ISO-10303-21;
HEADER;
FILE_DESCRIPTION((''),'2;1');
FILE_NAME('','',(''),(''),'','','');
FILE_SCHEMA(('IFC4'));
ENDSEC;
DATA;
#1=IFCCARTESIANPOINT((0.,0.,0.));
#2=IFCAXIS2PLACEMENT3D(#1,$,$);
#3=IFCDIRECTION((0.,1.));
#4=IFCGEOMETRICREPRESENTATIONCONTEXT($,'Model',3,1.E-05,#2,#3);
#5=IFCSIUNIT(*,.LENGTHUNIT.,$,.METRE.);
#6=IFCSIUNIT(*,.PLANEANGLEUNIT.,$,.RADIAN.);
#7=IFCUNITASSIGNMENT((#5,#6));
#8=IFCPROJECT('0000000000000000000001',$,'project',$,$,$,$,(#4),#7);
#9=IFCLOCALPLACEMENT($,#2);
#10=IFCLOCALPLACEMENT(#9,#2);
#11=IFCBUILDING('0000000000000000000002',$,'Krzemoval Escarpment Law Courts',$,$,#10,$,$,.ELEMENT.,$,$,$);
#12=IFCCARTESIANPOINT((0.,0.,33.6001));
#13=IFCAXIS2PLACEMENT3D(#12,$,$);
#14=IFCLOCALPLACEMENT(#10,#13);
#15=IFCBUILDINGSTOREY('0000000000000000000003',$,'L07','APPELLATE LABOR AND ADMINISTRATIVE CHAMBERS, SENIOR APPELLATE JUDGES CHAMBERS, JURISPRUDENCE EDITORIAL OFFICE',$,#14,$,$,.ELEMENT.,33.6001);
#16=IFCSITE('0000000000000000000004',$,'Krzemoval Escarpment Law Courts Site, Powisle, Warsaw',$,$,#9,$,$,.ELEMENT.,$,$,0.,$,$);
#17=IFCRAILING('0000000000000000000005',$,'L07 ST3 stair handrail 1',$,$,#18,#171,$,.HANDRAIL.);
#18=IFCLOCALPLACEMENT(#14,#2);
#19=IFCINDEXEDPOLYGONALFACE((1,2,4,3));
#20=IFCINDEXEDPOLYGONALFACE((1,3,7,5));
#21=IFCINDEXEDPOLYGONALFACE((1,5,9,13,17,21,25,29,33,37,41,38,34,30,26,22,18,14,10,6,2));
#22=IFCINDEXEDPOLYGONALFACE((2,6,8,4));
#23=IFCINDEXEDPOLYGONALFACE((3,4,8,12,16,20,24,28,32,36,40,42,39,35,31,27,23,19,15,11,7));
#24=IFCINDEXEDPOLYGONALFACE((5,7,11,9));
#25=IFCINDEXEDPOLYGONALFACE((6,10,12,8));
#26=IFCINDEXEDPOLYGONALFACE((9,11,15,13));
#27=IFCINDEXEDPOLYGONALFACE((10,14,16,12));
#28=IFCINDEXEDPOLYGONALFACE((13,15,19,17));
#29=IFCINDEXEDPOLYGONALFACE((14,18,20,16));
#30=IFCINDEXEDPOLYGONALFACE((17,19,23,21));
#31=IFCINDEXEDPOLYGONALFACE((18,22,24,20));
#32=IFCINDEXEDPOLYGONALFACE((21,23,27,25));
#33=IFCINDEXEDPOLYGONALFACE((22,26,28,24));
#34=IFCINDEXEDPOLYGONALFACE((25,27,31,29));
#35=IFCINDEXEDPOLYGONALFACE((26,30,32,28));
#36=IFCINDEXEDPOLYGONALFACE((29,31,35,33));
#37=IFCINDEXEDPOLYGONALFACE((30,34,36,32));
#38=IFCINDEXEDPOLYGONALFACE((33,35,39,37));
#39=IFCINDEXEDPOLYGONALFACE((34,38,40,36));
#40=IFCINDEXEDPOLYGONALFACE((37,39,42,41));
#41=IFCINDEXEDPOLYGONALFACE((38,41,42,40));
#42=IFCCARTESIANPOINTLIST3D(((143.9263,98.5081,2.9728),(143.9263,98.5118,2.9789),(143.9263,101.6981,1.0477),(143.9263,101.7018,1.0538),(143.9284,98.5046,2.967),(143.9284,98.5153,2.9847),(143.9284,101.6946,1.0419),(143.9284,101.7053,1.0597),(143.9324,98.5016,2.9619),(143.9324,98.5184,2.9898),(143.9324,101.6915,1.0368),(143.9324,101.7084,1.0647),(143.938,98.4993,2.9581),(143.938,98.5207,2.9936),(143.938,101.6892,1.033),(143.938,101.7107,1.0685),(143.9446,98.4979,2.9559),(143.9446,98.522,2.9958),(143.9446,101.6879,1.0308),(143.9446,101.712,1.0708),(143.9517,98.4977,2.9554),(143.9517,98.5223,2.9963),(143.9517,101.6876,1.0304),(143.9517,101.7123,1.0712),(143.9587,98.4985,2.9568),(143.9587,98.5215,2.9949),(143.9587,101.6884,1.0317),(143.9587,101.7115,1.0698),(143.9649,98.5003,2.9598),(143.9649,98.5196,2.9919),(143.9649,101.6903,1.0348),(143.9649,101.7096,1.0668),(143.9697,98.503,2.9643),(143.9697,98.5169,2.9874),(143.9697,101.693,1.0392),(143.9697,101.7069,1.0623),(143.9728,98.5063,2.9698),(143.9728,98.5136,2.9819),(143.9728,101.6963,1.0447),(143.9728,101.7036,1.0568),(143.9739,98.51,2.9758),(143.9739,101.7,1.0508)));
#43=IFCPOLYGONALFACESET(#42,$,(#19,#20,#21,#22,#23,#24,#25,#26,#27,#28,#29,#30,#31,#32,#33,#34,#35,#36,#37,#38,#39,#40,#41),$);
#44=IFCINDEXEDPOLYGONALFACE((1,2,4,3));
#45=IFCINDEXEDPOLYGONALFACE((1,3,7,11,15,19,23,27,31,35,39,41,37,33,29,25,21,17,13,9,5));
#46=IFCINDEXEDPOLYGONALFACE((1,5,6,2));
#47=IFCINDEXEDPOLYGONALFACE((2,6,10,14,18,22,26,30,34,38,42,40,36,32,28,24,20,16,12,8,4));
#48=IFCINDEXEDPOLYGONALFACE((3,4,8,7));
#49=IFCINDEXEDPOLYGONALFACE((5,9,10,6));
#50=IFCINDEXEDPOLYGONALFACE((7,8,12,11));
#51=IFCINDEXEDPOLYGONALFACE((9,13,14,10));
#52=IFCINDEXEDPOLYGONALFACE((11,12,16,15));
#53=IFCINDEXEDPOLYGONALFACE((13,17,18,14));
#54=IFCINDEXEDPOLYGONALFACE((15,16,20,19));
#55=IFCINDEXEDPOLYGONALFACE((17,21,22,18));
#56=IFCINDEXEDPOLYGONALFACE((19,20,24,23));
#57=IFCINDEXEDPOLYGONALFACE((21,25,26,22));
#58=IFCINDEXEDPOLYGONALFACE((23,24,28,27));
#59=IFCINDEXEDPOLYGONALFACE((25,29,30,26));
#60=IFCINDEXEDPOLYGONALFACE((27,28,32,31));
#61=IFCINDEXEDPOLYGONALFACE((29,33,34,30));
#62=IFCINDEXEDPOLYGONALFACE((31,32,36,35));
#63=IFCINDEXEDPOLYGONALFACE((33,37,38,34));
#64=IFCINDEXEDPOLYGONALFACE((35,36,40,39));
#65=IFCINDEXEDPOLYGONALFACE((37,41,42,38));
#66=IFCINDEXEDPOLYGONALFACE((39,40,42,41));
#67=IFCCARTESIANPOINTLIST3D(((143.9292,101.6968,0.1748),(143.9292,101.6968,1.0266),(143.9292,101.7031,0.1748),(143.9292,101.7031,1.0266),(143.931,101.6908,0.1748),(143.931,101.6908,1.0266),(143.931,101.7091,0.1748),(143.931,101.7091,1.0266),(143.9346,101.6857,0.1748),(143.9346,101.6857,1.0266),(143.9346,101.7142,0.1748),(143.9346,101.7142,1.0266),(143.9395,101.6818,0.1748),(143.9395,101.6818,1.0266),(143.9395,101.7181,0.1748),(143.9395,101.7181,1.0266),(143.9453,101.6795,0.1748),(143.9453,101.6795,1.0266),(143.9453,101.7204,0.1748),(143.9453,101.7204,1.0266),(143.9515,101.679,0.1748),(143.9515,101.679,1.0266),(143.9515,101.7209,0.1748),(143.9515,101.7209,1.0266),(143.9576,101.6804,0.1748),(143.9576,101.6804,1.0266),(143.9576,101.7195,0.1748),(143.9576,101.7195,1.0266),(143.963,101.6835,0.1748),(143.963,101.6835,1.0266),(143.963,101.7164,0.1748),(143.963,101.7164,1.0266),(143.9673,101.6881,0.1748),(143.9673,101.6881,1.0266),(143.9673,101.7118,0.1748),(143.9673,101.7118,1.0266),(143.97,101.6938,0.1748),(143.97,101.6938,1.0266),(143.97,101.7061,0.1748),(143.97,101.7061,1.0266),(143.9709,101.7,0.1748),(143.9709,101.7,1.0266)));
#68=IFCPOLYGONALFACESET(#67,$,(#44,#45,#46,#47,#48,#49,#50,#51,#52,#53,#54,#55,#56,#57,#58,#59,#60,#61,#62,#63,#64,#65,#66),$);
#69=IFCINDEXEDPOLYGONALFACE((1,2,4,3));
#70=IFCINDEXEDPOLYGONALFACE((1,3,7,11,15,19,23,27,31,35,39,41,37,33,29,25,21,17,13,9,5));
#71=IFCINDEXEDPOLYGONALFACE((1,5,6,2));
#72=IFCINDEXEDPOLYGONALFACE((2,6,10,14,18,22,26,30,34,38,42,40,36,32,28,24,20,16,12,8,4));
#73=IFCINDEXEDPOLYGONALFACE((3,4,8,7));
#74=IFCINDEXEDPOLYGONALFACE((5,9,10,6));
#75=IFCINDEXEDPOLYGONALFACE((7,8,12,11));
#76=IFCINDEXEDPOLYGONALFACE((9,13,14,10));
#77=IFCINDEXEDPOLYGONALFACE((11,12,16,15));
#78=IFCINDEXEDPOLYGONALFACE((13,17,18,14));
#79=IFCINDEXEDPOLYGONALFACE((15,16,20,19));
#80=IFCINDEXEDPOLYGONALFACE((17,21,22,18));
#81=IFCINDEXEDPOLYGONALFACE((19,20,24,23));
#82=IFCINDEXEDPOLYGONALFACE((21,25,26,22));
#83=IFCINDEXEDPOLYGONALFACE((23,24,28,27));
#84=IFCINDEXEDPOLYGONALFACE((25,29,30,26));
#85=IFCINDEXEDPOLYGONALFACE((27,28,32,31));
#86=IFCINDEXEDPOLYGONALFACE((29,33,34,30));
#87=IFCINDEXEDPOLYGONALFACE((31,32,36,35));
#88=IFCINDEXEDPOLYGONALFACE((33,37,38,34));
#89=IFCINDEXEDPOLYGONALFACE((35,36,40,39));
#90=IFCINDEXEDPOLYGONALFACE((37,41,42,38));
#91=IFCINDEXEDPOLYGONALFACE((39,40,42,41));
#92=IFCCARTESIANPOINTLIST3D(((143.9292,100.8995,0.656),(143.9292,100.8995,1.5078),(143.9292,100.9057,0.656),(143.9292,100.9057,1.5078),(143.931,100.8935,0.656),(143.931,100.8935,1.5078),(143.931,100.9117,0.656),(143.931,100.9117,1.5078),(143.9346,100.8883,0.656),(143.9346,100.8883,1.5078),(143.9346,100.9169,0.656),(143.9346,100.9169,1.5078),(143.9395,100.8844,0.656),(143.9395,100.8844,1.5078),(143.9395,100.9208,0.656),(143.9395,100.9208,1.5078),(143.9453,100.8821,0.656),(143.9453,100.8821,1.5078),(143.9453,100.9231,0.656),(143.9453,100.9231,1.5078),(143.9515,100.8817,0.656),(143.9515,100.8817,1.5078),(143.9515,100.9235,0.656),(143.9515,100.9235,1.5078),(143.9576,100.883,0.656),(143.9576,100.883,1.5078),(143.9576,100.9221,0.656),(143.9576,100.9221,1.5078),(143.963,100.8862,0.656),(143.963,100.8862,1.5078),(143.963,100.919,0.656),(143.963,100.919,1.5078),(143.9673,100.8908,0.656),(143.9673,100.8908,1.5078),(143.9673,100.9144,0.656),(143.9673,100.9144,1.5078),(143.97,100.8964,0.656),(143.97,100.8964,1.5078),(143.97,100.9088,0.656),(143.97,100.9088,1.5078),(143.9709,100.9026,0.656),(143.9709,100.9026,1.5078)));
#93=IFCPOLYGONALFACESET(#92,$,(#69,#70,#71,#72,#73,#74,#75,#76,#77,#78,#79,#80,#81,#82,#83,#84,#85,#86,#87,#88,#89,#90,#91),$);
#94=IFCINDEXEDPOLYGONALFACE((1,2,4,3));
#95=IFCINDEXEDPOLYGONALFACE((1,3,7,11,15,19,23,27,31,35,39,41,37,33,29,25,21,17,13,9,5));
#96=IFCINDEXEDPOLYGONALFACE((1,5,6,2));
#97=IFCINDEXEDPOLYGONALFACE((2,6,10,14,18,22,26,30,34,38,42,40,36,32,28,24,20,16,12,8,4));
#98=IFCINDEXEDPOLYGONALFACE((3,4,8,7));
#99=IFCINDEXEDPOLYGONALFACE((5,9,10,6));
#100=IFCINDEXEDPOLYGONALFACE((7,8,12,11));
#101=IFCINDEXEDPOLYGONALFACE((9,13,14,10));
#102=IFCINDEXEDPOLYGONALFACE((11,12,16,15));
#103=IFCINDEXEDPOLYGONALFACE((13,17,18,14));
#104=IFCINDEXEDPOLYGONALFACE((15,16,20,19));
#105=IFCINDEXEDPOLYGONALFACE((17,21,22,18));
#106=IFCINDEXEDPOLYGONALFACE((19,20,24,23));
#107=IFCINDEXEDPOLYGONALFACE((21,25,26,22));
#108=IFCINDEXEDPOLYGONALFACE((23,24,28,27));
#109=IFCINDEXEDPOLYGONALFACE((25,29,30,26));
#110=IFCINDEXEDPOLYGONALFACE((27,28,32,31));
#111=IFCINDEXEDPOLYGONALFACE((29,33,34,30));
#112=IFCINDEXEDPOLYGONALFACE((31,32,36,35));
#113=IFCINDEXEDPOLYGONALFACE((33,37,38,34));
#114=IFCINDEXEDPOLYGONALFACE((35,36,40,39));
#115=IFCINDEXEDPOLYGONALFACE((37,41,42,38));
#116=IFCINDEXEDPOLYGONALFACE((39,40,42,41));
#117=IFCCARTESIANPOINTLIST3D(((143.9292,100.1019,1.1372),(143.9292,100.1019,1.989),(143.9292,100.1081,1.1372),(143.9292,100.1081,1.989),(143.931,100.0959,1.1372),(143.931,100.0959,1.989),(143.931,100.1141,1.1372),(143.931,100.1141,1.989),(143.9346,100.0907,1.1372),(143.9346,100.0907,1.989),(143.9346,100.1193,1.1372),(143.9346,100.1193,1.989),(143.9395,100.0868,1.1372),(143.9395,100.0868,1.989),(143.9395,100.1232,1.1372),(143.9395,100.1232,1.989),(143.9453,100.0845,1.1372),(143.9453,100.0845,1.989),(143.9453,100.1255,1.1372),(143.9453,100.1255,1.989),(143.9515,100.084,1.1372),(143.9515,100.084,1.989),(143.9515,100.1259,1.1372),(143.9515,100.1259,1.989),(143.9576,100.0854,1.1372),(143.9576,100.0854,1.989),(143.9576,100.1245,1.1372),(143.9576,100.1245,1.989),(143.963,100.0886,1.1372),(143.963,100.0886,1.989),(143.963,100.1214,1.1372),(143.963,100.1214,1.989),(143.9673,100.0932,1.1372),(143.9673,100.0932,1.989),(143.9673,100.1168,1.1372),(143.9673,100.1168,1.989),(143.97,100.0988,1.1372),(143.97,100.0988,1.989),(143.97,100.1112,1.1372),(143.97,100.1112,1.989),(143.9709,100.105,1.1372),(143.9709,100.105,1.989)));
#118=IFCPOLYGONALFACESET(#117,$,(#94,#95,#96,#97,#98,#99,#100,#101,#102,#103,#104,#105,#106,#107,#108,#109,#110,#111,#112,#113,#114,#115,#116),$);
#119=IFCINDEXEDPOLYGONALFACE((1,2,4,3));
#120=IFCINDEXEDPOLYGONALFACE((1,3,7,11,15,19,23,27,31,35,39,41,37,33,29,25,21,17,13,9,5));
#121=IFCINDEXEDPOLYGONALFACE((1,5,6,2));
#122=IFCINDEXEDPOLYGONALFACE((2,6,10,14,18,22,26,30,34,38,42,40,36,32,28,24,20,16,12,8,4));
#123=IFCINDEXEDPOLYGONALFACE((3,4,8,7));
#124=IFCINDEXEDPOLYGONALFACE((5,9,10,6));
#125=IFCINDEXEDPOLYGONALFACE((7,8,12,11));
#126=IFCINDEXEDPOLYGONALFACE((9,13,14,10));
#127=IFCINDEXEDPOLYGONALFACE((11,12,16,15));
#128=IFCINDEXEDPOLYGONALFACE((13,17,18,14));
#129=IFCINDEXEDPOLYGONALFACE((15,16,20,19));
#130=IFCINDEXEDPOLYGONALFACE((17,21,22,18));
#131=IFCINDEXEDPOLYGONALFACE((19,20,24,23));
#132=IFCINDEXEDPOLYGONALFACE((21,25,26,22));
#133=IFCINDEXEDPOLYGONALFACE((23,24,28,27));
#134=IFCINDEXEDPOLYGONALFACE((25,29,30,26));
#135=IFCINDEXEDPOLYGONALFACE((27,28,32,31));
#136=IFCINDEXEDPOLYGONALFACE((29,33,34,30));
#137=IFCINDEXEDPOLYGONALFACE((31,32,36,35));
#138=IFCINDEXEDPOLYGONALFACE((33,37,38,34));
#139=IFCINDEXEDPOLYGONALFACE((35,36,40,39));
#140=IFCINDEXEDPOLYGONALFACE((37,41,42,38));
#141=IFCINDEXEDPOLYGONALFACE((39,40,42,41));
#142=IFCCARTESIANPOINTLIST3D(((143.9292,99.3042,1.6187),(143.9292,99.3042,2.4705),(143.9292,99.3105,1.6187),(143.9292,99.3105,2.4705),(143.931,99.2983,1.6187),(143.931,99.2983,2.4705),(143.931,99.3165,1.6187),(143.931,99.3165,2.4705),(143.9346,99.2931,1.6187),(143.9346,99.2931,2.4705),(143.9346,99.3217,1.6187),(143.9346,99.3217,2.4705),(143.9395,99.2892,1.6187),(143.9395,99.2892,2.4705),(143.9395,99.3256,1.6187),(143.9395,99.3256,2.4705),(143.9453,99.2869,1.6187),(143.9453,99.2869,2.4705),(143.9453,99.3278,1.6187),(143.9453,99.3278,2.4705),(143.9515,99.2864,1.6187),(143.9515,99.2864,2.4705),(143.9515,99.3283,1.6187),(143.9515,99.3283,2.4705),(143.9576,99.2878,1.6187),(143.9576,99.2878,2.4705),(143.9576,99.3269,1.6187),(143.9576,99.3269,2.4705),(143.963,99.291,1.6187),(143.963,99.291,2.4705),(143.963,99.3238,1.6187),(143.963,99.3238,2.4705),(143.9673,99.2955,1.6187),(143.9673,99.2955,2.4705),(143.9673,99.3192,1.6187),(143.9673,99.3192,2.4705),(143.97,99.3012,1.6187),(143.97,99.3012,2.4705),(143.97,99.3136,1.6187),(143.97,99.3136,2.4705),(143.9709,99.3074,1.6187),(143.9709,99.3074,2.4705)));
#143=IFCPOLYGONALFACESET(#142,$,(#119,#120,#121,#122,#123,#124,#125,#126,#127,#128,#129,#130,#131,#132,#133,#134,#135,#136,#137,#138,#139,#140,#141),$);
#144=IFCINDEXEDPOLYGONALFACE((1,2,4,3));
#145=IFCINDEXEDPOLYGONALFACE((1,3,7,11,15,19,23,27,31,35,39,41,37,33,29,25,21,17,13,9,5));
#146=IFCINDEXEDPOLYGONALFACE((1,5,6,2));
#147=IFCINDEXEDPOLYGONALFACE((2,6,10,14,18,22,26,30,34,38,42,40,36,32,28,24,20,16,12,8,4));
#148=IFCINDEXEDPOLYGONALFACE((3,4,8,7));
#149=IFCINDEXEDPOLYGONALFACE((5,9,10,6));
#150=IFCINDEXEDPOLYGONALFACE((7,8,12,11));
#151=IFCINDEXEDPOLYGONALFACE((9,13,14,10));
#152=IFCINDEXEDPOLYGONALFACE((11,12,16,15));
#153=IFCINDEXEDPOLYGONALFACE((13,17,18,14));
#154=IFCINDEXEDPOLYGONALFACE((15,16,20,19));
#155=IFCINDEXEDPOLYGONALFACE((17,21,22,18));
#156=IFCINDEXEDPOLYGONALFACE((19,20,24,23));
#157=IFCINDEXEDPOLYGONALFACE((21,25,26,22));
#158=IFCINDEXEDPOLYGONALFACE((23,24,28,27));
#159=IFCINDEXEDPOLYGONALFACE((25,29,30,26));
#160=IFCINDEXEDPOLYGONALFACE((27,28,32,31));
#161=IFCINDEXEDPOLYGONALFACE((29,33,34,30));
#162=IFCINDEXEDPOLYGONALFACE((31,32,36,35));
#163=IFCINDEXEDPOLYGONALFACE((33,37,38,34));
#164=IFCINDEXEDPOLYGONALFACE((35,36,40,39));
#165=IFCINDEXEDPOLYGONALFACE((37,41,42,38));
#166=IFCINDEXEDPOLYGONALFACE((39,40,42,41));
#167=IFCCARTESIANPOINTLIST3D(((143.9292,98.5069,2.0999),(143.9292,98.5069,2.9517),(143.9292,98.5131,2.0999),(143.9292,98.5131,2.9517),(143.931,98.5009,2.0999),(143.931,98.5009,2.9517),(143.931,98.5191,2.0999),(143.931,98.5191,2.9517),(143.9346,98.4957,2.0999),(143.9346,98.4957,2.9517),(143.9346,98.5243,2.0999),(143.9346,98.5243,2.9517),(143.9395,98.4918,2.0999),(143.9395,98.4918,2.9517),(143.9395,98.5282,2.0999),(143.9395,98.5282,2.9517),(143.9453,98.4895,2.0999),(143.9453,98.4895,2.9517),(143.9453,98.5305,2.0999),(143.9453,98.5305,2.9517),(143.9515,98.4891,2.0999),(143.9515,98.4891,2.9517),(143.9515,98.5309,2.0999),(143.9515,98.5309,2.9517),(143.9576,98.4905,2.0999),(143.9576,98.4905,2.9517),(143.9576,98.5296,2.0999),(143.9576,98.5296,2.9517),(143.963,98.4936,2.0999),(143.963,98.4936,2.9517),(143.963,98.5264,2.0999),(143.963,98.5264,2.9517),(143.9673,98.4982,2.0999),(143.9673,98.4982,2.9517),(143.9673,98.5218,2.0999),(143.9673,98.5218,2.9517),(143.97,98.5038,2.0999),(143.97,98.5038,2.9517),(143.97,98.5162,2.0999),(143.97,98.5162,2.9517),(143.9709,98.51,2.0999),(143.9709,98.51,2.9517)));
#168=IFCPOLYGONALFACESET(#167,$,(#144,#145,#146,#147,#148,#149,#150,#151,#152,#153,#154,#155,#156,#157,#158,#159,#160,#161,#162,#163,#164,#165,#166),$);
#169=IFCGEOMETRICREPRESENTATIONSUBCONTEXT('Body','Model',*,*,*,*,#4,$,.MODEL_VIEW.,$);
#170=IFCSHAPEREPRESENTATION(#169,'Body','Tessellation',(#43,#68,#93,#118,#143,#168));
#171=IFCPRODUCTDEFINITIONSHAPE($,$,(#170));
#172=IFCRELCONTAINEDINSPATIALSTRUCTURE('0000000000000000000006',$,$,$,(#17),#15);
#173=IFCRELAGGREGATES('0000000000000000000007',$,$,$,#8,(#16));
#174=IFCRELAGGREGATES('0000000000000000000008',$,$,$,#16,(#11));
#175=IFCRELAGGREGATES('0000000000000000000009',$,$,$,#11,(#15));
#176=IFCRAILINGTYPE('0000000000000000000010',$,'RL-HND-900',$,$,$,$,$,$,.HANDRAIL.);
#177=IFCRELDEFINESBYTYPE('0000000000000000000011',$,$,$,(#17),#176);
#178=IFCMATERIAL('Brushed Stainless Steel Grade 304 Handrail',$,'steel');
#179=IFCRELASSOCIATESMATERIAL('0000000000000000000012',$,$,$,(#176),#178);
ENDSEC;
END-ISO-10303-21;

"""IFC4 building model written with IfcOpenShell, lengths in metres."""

from ifc_helpers import new_model, si_unit, direction, frame, origin, origin_2d, place, context, subcontext, project, spatial, circle, extrude, material, type_object, element, save


model = new_model("IFC4")

# Units and contexts
model_context = context("Model", 3, precision=1e-05, world=origin(), true_north=direction((0.0, 1.0)))
body_context = subcontext(model_context, "Body", "Model", "MODEL_VIEW")
ifc_project = project(units=[si_unit("LENGTHUNIT", "METRE"), si_unit("PLANEANGLEUNIT", "RADIAN")], contexts=[model_context])

# Site, building, storey
site_placement = place(None, origin())
site = spatial("IfcSite", under=ifc_project, at=site_placement, Name="Krzemoval Escarpment Law Courts Site, Powisle, Warsaw", CompositionType="ELEMENT", RefElevation=0.0)
building_placement = place(site_placement, origin())
building = spatial("IfcBuilding", under=site, at=building_placement, Name="Krzemoval Escarpment Law Courts", CompositionType="ELEMENT")
storey_placement = place(building_placement, frame((0.0, 0.0, 33.6001)))
storey = spatial("IfcBuildingStorey", under=building, at=storey_placement, Name="L07", Description="APPELLATE LABOR AND ADMINISTRATIVE CHAMBERS, SENIOR APPELLATE JUDGES CHAMBERS, JURISPRUDENCE EDITORIAL OFFICE", CompositionType="ELEMENT", Elevation=33.6001)

# Railing
ifc_material_1 = material(Name="Brushed Stainless Steel Grade 304 Handrail", Category="steel")
railing_type_1 = type_object("IfcRailingType", Name="RL-HND-900", PredefinedType="HANDRAIL", material=ifc_material_1)
railing_1_placement = place(storey_placement, frame((143.95, 101.7, 0.1748)))
element("IfcRailing", 1, at=railing_1_placement, inside=storey, type_object=railing_type_1, Name="L07 ST3 stair handrail 1", PredefinedType="HANDRAIL", context=body_context, shape_type="SweptSolid", body=[
    extrude(circle(Radius=0.0239, at=origin_2d()), frame((0.0, 0.0, 0.876), z_axis=(0.0, -0.856178, 0.516682), x_axis=(1.0, 0.0, 0.0)), (0.0, 0.0, 1.0), 3.7258),
    extrude(circle(Radius=0.021, at=origin_2d()), origin(), (0.0, 0.0, 1.0), 0.8518),
    extrude(circle(Radius=0.021, at=origin_2d()), frame((0.0, -0.7974, 0.4812)), (0.0, 0.0, 1.0), 0.8518),
    extrude(circle(Radius=0.021, at=origin_2d()), frame((0.0, -1.595, 0.9624)), (0.0, 0.0, 1.0), 0.8518),
    extrude(circle(Radius=0.021, at=origin_2d()), frame((0.0, -2.3926, 1.4438)), (0.0, 0.0, 1.0), 0.8518),
    extrude(circle(Radius=0.021, at=origin_2d()), frame((0.0, -3.1899, 1.925)), (0.0, 0.0, 1.0), 0.8518),
])

save(model, "model.ifc")
